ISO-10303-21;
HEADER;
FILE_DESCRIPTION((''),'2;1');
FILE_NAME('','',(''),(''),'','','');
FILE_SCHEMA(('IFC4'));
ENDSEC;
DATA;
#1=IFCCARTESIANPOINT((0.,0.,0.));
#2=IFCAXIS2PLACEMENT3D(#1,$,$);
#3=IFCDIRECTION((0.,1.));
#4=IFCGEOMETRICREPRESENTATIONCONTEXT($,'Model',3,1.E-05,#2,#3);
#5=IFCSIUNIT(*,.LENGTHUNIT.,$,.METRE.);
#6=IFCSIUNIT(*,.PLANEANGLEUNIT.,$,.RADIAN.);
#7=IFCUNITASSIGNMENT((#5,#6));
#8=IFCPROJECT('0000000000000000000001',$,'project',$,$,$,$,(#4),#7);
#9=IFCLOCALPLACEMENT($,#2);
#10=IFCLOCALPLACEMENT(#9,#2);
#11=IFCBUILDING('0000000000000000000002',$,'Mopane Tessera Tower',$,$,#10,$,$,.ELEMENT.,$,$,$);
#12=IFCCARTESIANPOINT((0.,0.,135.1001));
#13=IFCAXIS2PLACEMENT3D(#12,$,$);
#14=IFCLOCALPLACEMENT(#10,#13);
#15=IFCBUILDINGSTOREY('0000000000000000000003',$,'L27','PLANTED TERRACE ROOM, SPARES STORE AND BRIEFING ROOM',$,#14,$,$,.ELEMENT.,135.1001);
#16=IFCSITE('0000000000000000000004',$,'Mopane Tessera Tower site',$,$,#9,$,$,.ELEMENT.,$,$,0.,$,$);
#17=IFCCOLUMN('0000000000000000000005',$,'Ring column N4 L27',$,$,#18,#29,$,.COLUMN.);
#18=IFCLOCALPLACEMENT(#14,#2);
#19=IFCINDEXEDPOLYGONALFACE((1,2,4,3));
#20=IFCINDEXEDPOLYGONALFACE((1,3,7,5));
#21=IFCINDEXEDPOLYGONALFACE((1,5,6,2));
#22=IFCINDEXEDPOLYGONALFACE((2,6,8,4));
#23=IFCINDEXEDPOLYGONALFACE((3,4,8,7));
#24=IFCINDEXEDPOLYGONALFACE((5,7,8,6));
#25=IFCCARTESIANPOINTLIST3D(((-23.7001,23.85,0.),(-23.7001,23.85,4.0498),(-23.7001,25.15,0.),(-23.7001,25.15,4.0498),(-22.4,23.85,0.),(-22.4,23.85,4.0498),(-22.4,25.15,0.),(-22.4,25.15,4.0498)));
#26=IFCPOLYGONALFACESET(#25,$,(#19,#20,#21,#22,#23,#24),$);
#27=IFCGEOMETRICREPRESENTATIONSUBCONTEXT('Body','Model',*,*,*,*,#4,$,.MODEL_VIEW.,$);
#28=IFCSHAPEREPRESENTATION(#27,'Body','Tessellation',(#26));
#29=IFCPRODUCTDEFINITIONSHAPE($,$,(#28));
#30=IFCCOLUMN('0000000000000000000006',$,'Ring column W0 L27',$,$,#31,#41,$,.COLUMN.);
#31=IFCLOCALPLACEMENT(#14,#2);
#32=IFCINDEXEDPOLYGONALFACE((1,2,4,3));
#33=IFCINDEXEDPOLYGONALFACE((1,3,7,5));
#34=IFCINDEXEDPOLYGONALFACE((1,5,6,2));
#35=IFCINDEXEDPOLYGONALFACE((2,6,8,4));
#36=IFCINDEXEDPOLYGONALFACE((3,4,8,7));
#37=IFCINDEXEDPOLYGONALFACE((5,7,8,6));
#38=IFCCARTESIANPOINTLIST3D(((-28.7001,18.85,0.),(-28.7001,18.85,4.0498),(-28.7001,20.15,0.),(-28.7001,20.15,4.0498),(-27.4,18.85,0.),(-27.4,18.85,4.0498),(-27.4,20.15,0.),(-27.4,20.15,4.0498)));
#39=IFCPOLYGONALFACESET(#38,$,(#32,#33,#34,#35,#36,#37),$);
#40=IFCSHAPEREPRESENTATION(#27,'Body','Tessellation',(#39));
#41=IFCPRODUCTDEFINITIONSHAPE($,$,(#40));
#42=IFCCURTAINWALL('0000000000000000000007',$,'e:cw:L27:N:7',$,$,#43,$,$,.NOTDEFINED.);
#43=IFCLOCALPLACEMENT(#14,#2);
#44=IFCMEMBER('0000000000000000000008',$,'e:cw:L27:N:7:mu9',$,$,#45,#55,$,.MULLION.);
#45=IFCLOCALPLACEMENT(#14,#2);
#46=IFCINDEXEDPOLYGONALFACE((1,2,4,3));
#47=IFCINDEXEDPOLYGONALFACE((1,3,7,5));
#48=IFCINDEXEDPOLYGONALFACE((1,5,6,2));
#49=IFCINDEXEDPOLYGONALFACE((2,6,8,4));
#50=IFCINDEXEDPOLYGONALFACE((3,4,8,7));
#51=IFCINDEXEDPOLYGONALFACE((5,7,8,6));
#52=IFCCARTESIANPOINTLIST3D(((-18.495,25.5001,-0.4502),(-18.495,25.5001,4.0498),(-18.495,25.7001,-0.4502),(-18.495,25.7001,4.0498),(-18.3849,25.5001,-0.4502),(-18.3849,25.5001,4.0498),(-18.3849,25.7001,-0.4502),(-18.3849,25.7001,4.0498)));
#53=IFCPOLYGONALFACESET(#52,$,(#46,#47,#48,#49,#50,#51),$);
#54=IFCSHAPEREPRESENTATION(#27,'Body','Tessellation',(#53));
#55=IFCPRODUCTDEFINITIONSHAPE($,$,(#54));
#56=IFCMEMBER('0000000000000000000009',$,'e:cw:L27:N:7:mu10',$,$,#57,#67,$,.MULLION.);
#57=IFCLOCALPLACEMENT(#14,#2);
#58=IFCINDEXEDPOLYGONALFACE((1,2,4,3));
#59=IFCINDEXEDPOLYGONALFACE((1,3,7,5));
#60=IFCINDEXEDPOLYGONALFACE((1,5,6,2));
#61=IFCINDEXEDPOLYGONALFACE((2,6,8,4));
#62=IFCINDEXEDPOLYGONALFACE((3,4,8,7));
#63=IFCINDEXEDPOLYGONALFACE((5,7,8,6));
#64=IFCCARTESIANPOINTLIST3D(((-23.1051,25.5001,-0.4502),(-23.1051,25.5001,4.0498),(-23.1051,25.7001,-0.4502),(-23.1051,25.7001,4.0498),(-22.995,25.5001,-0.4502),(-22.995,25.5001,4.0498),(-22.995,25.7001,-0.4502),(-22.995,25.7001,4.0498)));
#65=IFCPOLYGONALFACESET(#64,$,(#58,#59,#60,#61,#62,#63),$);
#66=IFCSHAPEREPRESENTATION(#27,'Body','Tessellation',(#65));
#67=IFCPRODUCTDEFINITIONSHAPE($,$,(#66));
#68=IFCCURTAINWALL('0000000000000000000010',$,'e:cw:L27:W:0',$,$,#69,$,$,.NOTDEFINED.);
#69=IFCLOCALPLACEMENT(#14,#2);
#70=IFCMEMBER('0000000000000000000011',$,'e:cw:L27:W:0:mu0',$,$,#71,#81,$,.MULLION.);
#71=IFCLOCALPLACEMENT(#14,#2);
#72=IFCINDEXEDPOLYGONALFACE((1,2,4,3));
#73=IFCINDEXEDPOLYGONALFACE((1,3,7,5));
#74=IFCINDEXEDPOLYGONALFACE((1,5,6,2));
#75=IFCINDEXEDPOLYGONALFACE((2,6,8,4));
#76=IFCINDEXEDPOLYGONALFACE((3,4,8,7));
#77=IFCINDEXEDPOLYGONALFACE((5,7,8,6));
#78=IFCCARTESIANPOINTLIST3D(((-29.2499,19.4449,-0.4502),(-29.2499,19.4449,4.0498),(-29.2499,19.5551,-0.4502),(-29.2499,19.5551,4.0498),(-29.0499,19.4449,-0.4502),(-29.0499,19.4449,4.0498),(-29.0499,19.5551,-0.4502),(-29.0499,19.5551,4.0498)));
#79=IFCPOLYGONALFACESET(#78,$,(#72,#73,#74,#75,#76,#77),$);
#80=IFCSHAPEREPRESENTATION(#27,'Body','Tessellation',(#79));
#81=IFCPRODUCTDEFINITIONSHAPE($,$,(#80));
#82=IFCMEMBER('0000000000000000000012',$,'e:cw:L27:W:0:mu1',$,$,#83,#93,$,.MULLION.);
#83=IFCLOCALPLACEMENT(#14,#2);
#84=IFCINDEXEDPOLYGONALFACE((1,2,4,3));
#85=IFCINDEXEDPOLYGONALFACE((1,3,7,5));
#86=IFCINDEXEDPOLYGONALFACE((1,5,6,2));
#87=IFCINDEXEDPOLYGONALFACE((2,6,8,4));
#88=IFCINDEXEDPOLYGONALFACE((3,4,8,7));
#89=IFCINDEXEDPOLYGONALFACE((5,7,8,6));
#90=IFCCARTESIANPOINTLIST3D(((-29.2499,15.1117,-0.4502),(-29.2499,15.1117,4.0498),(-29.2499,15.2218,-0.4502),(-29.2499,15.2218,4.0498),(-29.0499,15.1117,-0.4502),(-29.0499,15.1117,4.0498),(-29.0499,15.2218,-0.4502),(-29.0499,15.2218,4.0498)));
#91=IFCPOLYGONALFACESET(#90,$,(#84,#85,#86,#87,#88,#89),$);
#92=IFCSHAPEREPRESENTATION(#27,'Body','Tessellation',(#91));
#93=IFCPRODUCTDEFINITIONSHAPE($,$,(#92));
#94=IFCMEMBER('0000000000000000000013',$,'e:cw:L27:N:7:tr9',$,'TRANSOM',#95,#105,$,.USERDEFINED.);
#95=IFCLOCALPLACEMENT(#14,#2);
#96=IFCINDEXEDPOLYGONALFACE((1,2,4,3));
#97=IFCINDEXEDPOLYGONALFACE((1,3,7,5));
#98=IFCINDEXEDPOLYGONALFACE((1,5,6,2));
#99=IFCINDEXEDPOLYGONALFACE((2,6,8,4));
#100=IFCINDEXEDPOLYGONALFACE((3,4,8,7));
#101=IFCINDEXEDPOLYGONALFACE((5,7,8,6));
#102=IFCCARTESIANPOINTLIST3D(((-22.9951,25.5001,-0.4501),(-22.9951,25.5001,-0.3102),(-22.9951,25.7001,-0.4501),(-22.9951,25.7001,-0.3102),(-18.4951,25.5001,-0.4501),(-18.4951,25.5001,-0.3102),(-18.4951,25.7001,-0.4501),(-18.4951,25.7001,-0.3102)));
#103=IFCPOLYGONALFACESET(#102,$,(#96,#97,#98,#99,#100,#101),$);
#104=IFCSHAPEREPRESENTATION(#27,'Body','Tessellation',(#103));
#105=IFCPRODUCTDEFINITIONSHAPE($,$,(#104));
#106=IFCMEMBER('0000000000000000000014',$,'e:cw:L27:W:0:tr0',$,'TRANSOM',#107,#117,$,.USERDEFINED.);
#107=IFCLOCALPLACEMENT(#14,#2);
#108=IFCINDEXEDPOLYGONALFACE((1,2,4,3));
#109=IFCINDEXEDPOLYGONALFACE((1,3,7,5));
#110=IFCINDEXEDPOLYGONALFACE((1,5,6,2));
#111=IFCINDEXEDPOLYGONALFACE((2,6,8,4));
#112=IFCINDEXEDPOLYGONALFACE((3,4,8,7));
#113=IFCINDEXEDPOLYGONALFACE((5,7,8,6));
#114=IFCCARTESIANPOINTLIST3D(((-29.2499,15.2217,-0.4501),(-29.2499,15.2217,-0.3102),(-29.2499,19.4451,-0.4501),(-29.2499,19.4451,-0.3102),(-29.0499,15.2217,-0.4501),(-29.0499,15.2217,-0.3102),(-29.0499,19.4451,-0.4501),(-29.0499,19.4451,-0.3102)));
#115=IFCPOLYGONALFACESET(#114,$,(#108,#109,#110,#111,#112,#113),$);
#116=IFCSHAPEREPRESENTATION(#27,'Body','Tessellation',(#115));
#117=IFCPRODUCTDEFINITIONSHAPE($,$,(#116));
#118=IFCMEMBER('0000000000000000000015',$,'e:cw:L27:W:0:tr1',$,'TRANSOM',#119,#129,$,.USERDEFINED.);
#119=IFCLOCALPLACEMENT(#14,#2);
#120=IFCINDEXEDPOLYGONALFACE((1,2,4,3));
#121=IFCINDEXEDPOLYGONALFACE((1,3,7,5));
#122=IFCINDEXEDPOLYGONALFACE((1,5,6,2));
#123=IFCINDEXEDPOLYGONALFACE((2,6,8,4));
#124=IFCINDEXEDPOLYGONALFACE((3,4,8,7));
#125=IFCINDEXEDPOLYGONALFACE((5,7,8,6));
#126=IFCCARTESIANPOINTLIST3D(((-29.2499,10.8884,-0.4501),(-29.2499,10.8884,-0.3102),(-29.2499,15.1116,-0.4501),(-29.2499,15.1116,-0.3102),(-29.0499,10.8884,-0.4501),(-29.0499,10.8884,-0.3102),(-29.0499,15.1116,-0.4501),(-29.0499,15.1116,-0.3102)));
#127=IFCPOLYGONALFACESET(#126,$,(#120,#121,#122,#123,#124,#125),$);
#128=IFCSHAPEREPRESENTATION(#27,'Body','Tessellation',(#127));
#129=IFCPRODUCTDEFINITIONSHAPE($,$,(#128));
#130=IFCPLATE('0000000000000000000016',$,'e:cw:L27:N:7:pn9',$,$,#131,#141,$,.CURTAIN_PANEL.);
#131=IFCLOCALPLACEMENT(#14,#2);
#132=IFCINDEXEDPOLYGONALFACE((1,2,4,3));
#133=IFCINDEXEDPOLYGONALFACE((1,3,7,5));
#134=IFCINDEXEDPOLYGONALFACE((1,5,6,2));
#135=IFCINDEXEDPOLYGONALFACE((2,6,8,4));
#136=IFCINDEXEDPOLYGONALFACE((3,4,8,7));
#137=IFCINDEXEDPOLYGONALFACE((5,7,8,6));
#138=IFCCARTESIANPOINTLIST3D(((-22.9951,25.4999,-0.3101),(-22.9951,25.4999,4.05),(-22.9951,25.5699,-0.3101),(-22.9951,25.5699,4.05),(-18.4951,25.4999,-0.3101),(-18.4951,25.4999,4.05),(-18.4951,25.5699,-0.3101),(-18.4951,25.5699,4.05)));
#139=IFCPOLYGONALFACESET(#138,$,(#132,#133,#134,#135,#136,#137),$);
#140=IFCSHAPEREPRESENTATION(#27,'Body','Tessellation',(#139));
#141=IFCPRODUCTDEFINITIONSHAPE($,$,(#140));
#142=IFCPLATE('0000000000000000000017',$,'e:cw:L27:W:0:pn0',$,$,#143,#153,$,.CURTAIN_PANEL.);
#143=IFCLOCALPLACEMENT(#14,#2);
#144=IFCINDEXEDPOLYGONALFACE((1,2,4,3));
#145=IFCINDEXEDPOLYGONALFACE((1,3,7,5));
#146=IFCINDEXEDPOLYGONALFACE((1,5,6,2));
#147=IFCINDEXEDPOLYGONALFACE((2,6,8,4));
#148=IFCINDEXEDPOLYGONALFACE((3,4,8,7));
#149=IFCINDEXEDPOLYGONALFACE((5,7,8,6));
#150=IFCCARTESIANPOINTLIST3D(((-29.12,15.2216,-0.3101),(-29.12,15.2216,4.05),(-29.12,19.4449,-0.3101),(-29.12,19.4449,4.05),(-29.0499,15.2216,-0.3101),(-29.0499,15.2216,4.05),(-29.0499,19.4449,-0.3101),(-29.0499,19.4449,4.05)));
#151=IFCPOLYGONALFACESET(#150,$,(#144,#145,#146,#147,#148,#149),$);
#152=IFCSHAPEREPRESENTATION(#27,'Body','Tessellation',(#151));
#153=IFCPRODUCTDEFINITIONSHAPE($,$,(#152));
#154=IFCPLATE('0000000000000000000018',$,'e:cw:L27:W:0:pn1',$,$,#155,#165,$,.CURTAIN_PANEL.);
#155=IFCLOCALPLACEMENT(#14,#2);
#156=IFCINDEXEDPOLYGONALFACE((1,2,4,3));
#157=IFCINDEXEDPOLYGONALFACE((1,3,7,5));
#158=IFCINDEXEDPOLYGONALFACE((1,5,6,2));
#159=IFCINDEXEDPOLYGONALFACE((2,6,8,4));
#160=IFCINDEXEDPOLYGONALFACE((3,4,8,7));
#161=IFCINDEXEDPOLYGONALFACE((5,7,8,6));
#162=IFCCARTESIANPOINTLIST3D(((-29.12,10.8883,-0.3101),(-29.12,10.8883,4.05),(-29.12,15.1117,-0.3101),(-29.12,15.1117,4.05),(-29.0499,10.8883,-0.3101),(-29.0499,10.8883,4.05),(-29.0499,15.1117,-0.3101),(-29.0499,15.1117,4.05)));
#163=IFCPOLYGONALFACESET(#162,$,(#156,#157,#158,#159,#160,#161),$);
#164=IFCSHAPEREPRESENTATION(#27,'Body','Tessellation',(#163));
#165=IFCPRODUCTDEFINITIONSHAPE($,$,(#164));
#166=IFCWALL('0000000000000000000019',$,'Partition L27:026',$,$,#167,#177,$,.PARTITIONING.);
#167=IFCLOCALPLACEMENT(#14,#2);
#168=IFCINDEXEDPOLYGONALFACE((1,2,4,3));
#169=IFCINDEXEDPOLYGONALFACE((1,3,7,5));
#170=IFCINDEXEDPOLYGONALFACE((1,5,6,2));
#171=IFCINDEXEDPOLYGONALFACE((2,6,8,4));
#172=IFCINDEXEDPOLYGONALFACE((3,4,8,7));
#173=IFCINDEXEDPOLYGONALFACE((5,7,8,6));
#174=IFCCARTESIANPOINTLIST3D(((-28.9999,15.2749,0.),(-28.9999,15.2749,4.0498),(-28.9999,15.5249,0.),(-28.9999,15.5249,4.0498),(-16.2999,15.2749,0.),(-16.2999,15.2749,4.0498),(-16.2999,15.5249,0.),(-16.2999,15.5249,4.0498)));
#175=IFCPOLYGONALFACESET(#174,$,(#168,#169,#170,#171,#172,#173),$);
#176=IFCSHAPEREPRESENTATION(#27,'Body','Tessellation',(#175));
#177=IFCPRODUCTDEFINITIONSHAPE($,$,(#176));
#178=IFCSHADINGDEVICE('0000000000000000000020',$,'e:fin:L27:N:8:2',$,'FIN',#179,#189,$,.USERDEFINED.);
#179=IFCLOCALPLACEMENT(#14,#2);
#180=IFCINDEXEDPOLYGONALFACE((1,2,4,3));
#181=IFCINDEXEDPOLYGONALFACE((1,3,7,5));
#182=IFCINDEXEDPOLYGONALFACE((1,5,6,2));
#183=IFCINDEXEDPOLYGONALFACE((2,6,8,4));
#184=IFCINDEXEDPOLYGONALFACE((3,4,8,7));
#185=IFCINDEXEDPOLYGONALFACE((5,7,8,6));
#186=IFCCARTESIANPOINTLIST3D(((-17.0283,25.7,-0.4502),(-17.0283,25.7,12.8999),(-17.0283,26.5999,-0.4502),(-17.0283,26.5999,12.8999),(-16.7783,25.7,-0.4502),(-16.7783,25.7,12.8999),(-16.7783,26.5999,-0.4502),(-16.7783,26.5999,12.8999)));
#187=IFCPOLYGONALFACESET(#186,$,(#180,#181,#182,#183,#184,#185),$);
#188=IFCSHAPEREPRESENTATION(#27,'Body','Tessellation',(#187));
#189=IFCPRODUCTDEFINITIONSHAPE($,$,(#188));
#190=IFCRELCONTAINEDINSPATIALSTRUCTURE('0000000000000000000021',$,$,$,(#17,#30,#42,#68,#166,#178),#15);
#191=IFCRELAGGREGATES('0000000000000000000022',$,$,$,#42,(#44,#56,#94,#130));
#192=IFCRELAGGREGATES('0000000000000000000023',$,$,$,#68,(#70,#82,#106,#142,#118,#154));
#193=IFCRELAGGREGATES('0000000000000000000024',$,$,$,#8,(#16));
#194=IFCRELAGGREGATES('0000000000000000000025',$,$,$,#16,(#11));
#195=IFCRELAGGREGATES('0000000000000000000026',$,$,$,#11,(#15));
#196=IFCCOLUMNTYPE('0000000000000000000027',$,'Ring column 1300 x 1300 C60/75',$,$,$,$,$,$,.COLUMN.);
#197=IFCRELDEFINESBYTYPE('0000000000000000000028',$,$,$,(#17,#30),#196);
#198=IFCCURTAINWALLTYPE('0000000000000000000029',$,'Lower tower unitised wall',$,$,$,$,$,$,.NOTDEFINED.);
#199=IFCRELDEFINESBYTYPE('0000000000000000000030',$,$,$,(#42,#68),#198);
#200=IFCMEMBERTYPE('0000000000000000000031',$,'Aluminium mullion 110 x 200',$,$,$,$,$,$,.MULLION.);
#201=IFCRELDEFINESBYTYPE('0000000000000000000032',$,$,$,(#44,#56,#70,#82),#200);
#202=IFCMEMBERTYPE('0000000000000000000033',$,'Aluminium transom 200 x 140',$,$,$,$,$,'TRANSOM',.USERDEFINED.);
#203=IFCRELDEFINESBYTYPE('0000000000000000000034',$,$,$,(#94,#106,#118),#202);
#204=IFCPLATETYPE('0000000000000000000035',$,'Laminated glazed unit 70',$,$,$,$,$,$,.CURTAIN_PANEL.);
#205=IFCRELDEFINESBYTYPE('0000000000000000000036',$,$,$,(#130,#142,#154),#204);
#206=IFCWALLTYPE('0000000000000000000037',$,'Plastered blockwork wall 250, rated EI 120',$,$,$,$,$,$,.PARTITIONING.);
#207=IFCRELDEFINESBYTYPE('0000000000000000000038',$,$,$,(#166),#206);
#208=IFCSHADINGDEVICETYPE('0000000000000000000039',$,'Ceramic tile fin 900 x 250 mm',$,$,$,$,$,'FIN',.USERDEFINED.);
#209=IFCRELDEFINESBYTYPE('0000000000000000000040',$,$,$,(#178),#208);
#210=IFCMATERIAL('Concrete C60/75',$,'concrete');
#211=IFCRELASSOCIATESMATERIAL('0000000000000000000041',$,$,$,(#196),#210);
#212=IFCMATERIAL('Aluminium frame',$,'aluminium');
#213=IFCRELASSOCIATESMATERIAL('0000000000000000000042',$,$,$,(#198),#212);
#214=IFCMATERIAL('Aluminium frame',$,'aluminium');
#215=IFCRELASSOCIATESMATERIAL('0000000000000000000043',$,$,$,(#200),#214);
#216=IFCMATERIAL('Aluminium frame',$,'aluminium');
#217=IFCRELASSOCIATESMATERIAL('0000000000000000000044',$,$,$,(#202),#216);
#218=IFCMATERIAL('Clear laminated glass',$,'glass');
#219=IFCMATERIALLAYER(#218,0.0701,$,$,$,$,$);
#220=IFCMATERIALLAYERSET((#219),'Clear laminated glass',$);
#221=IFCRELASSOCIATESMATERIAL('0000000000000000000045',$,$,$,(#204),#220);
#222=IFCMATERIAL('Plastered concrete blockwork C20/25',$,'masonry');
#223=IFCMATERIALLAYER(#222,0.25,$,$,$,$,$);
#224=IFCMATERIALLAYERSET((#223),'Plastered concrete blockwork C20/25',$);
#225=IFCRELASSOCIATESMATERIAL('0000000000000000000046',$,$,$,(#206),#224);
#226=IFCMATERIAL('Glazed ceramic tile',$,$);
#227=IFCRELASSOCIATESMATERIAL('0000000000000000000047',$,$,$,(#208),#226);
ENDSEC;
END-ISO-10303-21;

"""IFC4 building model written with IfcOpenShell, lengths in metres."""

from ifc_helpers import new_model, si_unit, direction, frame, frame_2d, origin, origin_2d, place, context, subcontext, project, spatial, rectangle, extrude, material, layer, layer_set, material_profile, profile_set, type_object, element, aggregate, save


model = new_model("IFC4")

# Units and contexts
model_context = context("Model", 3, precision=1e-05, world=origin(), true_north=direction((0.0, 1.0)))
body_context = subcontext(model_context, "Body", "Model", "MODEL_VIEW")
ifc_project = project(units=[si_unit("LENGTHUNIT", "METRE"), si_unit("PLANEANGLEUNIT", "RADIAN")], contexts=[model_context])

# Site, building, storey
site_placement = place(None, origin())
site = spatial("IfcSite", under=ifc_project, at=site_placement, Name="Mopane Tessera Tower site", CompositionType="ELEMENT", RefElevation=0.0)
building_placement = place(site_placement, origin())
building = spatial("IfcBuilding", under=site, at=building_placement, Name="Mopane Tessera Tower", CompositionType="ELEMENT")
storey_placement = place(building_placement, frame((0.0, 0.0, 135.1001)))
storey = spatial("IfcBuildingStorey", under=building, at=storey_placement, Name="L27", Description="PLANTED TERRACE ROOM, SPARES STORE AND BRIEFING ROOM", CompositionType="ELEMENT", Elevation=135.1001)

# Columns
ifc_material_1 = material(Name="Concrete C60/75", Category="concrete")
ifc_material_profile_1 = material_profile(ifc_material_1, rectangle(XDim=1.3, YDim=1.3, at=origin_2d()))
ifc_profile_set_1 = profile_set([ifc_material_profile_1], Name="Concrete C60/75")
column_type = type_object("IfcColumnType", Name="Ring column 1300 x 1300 C60/75", PredefinedType="COLUMN", material=ifc_profile_set_1)
for number, where, z_axis, x_axis, name in (
    (1, (-23.05, 24.5, 0.0), (0.0, 0.0, 1.0), (1.0, 0.0, 0.0), "Ring column N4 L27"),
    (2, (-28.05, 19.5, 0.0), (0.0, 0.0, 1.0), (1.0, 0.0, 0.0), "Ring column W0 L27"),
):
    element("IfcColumn", number, at=place(storey_placement, frame(where, z_axis=z_axis, x_axis=x_axis)), inside=storey, type_object=column_type, Name=name, PredefinedType="COLUMN", context=body_context, shape_type="SweptSolid", body=[
        extrude(rectangle(XDim=1.3, YDim=1.3, at=origin_2d()), origin(), (0.0, 0.0, 1.0), 4.0498),
    ])

# Curtain walls, members
ifc_material_2 = material(Name="Aluminium frame", Category="aluminium")
curtain_wall_type = type_object("IfcCurtainWallType", Name="Lower tower unitised wall", PredefinedType="NOTDEFINED", material=ifc_material_2)
curtain_wall_1_placement = place(storey_placement, origin())
curtain_wall_1 = element("IfcCurtainWall", 3, at=curtain_wall_1_placement, inside=storey, type_object=curtain_wall_type, Name="e:cw:L27:N:7", PredefinedType="NOTDEFINED")
ifc_material_3 = material(Name="Aluminium frame", Category="aluminium")
ifc_material_profile_2 = material_profile(ifc_material_3, rectangle(XDim=0.1101, YDim=0.2, at=origin_2d()))
ifc_profile_set_2 = profile_set([ifc_material_profile_2], Name="Aluminium frame")
member_type_1 = type_object("IfcMemberType", Name="Aluminium mullion 110 x 200", PredefinedType="MULLION", material=ifc_profile_set_2)
member_1_placement = place(storey_placement, frame((-18.4399, 25.6001, -0.4502), z_axis=(0.0, 0.0, 1.0), x_axis=(-1.0, 0.0, 0.0)))
member_1 = element("IfcMember", 4, at=member_1_placement, type_object=member_type_1, Name="e:cw:L27:N:7:mu9", PredefinedType="MULLION", context=body_context, shape_type="SweptSolid", body=[
    extrude(rectangle(XDim=0.1101, YDim=0.2, at=origin_2d()), origin(), (0.0, 0.0, 1.0), 4.5),
])
member_2_placement = place(storey_placement, frame((-23.05, 25.6001, -0.4502), z_axis=(0.0, 0.0, 1.0), x_axis=(-1.0, 0.0, 0.0)))
member_2 = element("IfcMember", 5, at=member_2_placement, type_object=member_type_1, Name="e:cw:L27:N:7:mu10", PredefinedType="MULLION", context=body_context, shape_type="SweptSolid", body=[
    extrude(rectangle(XDim=0.1101, YDim=0.2, at=origin_2d()), origin(), (0.0, 0.0, 1.0), 4.5),
])
curtain_wall_2_placement = place(storey_placement, origin())
curtain_wall_2 = element("IfcCurtainWall", 6, at=curtain_wall_2_placement, inside=storey, type_object=curtain_wall_type, Name="e:cw:L27:W:0", PredefinedType="NOTDEFINED")
member_3_placement = place(storey_placement, frame((-29.1499, 19.5, -0.4502), z_axis=(0.0, 0.0, 1.0), x_axis=(0.0, -1.0, 0.0)))
member_3 = element("IfcMember", 7, at=member_3_placement, type_object=member_type_1, Name="e:cw:L27:W:0:mu0", PredefinedType="MULLION", context=body_context, shape_type="SweptSolid", body=[
    extrude(rectangle(XDim=0.1101, YDim=0.2, at=origin_2d()), origin(), (0.0, 0.0, 1.0), 4.5),
])
member_4_placement = place(storey_placement, frame((-29.1499, 15.1667, -0.4502), z_axis=(0.0, 0.0, 1.0), x_axis=(0.0, -1.0, 0.0)))
member_4 = element("IfcMember", 8, at=member_4_placement, type_object=member_type_1, Name="e:cw:L27:W:0:mu1", PredefinedType="MULLION", context=body_context, shape_type="SweptSolid", body=[
    extrude(rectangle(XDim=0.1101, YDim=0.2, at=origin_2d()), origin(), (0.0, 0.0, 1.0), 4.5),
])

# Members
ifc_material_4 = material(Name="Aluminium frame", Category="aluminium")
ifc_material_profile_3 = material_profile(ifc_material_4, rectangle(XDim=0.2, YDim=0.1399, at=origin_2d()))
ifc_profile_set_3 = profile_set([ifc_material_profile_3], Name="Aluminium frame")
member_type_2 = type_object("IfcMemberType", Name="Aluminium transom 200 x 140", ElementType="TRANSOM", PredefinedType="USERDEFINED", material=ifc_profile_set_3)
member_5_placement = place(storey_placement, frame((-18.4951, 25.6001, -0.3801), z_axis=(-1.0, 0.0, 0.0), x_axis=(0.0, -1.0, 0.0)))
member_5 = element("IfcMember", 9, at=member_5_placement, type_object=member_type_2, Name="e:cw:L27:N:7:tr9", ObjectType="TRANSOM", PredefinedType="USERDEFINED", context=body_context, shape_type="SweptSolid", body=[
    extrude(rectangle(XDim=0.2, YDim=0.1399, at=origin_2d()), origin(), (0.0, 0.0, 1.0), 4.5),
])
member_6_placement = place(storey_placement, frame((-29.1499, 19.4451, -0.3801), z_axis=(0.0, -1.0, 0.0), x_axis=(1.0, 0.0, 0.0)))
member_6 = element("IfcMember", 10, at=member_6_placement, type_object=member_type_2, Name="e:cw:L27:W:0:tr0", ObjectType="TRANSOM", PredefinedType="USERDEFINED", context=body_context, shape_type="SweptSolid", body=[
    extrude(rectangle(XDim=0.2, YDim=0.1399, at=origin_2d()), origin(), (0.0, 0.0, 1.0), 4.2234),
])
member_7_placement = place(storey_placement, frame((-29.1499, 15.1116, -0.3801), z_axis=(0.0, -1.0, 0.0), x_axis=(1.0, 0.0, 0.0)))
member_7 = element("IfcMember", 11, at=member_7_placement, type_object=member_type_2, Name="e:cw:L27:W:0:tr1", ObjectType="TRANSOM", PredefinedType="USERDEFINED", context=body_context, shape_type="SweptSolid", body=[
    extrude(rectangle(XDim=0.2, YDim=0.1399, at=origin_2d()), origin(), (0.0, 0.0, 1.0), 4.2231),
])

# Plates
ifc_material_5 = material(Name="Clear laminated glass", Category="glass")
ifc_layer_1 = layer(ifc_material_5, 0.0701)
ifc_layer_set_1 = layer_set([ifc_layer_1], Name="Clear laminated glass")
plate_type = type_object("IfcPlateType", Name="Laminated glazed unit 70", PredefinedType="CURTAIN_PANEL", material=ifc_layer_set_1)
plate_1_placement = place(storey_placement, frame((-20.7451, 25.5349, -0.3101), z_axis=(0.0, 0.0, 1.0), x_axis=(-1.0, 0.0, 0.0)))
plate_1 = element("IfcPlate", 12, at=plate_1_placement, type_object=plate_type, Name="e:cw:L27:N:7:pn9", PredefinedType="CURTAIN_PANEL", context=body_context, shape_type="SweptSolid", body=[
    extrude(rectangle(XDim=4.5, YDim=0.0701, at=origin_2d()), origin(), (0.0, 0.0, 1.0), 4.3601),
])
aggregate(curtain_wall_1, [member_1, member_2, member_5, plate_1])
plate_2_placement = place(storey_placement, frame((-29.085, 17.3333, -0.3101), z_axis=(0.0, 0.0, 1.0), x_axis=(0.0, -1.0, 0.0)))
plate_2 = element("IfcPlate", 13, at=plate_2_placement, type_object=plate_type, Name="e:cw:L27:W:0:pn0", PredefinedType="CURTAIN_PANEL", context=body_context, shape_type="SweptSolid", body=[
    extrude(rectangle(XDim=4.2234, YDim=0.0701, at=origin_2d()), origin(), (0.0, 0.0, 1.0), 4.3601),
])
plate_3_placement = place(storey_placement, frame((-29.085, 13.0, -0.3101), z_axis=(0.0, 0.0, 1.0), x_axis=(0.0, -1.0, 0.0)))
plate_3 = element("IfcPlate", 14, at=plate_3_placement, type_object=plate_type, Name="e:cw:L27:W:0:pn1", PredefinedType="CURTAIN_PANEL", context=body_context, shape_type="SweptSolid", body=[
    extrude(rectangle(XDim=4.2234, YDim=0.0701, at=origin_2d()), origin(), (0.0, 0.0, 1.0), 4.3601),
])
aggregate(curtain_wall_2, [member_3, member_4, member_6, plate_2, member_7, plate_3])

# Wall
ifc_material_6 = material(Name="Plastered concrete blockwork C20/25", Category="masonry")
ifc_layer_2 = layer(ifc_material_6, 0.25)
ifc_layer_set_2 = layer_set([ifc_layer_2], Name="Plastered concrete blockwork C20/25")
wall_type = type_object("IfcWallType", Name="Plastered blockwork wall 250, rated EI 120", PredefinedType="PARTITIONING", material=ifc_layer_set_2)
wall_placement = place(storey_placement, frame((-29.0, 15.3999, 0.0), z_axis=(0.0, 0.0, 1.0), x_axis=(1.0, 0.0, 0.0)))
element("IfcWall", 15, at=wall_placement, inside=storey, type_object=wall_type, Name="Partition L27:026", PredefinedType="PARTITIONING", context=body_context, shape_type="SweptSolid", body=[
    extrude(rectangle(XDim=12.7, YDim=0.25, at=frame_2d((6.3501, 0.0))), origin(), (0.0, 0.0, 1.0), 4.0498),
])

# Shading device
ifc_material_7 = material(Name="Glazed ceramic tile")
shading_device_type = type_object("IfcShadingDeviceType", Name="Ceramic tile fin 900 x 250 mm", ElementType="FIN", PredefinedType="USERDEFINED", material=ifc_material_7)
for number, where, z_axis, x_axis, name in (
    (16, (-16.9033, 26.1499, -0.4502), (0.0, 0.0, 1.0), (-1.0, 0.0, 0.0), "e:fin:L27:N:8:2"),
):
    element("IfcShadingDevice", number, at=place(storey_placement, frame(where, z_axis=z_axis, x_axis=x_axis)), inside=storey, type_object=shading_device_type, Name=name, ObjectType="FIN", PredefinedType="USERDEFINED", context=body_context, shape_type="SweptSolid", body=[
        extrude(rectangle(XDim=0.25, YDim=0.8999, at=origin_2d()), origin(), (0.0, 0.0, 1.0), 13.3501),
    ])

save(model, "model.ifc")
